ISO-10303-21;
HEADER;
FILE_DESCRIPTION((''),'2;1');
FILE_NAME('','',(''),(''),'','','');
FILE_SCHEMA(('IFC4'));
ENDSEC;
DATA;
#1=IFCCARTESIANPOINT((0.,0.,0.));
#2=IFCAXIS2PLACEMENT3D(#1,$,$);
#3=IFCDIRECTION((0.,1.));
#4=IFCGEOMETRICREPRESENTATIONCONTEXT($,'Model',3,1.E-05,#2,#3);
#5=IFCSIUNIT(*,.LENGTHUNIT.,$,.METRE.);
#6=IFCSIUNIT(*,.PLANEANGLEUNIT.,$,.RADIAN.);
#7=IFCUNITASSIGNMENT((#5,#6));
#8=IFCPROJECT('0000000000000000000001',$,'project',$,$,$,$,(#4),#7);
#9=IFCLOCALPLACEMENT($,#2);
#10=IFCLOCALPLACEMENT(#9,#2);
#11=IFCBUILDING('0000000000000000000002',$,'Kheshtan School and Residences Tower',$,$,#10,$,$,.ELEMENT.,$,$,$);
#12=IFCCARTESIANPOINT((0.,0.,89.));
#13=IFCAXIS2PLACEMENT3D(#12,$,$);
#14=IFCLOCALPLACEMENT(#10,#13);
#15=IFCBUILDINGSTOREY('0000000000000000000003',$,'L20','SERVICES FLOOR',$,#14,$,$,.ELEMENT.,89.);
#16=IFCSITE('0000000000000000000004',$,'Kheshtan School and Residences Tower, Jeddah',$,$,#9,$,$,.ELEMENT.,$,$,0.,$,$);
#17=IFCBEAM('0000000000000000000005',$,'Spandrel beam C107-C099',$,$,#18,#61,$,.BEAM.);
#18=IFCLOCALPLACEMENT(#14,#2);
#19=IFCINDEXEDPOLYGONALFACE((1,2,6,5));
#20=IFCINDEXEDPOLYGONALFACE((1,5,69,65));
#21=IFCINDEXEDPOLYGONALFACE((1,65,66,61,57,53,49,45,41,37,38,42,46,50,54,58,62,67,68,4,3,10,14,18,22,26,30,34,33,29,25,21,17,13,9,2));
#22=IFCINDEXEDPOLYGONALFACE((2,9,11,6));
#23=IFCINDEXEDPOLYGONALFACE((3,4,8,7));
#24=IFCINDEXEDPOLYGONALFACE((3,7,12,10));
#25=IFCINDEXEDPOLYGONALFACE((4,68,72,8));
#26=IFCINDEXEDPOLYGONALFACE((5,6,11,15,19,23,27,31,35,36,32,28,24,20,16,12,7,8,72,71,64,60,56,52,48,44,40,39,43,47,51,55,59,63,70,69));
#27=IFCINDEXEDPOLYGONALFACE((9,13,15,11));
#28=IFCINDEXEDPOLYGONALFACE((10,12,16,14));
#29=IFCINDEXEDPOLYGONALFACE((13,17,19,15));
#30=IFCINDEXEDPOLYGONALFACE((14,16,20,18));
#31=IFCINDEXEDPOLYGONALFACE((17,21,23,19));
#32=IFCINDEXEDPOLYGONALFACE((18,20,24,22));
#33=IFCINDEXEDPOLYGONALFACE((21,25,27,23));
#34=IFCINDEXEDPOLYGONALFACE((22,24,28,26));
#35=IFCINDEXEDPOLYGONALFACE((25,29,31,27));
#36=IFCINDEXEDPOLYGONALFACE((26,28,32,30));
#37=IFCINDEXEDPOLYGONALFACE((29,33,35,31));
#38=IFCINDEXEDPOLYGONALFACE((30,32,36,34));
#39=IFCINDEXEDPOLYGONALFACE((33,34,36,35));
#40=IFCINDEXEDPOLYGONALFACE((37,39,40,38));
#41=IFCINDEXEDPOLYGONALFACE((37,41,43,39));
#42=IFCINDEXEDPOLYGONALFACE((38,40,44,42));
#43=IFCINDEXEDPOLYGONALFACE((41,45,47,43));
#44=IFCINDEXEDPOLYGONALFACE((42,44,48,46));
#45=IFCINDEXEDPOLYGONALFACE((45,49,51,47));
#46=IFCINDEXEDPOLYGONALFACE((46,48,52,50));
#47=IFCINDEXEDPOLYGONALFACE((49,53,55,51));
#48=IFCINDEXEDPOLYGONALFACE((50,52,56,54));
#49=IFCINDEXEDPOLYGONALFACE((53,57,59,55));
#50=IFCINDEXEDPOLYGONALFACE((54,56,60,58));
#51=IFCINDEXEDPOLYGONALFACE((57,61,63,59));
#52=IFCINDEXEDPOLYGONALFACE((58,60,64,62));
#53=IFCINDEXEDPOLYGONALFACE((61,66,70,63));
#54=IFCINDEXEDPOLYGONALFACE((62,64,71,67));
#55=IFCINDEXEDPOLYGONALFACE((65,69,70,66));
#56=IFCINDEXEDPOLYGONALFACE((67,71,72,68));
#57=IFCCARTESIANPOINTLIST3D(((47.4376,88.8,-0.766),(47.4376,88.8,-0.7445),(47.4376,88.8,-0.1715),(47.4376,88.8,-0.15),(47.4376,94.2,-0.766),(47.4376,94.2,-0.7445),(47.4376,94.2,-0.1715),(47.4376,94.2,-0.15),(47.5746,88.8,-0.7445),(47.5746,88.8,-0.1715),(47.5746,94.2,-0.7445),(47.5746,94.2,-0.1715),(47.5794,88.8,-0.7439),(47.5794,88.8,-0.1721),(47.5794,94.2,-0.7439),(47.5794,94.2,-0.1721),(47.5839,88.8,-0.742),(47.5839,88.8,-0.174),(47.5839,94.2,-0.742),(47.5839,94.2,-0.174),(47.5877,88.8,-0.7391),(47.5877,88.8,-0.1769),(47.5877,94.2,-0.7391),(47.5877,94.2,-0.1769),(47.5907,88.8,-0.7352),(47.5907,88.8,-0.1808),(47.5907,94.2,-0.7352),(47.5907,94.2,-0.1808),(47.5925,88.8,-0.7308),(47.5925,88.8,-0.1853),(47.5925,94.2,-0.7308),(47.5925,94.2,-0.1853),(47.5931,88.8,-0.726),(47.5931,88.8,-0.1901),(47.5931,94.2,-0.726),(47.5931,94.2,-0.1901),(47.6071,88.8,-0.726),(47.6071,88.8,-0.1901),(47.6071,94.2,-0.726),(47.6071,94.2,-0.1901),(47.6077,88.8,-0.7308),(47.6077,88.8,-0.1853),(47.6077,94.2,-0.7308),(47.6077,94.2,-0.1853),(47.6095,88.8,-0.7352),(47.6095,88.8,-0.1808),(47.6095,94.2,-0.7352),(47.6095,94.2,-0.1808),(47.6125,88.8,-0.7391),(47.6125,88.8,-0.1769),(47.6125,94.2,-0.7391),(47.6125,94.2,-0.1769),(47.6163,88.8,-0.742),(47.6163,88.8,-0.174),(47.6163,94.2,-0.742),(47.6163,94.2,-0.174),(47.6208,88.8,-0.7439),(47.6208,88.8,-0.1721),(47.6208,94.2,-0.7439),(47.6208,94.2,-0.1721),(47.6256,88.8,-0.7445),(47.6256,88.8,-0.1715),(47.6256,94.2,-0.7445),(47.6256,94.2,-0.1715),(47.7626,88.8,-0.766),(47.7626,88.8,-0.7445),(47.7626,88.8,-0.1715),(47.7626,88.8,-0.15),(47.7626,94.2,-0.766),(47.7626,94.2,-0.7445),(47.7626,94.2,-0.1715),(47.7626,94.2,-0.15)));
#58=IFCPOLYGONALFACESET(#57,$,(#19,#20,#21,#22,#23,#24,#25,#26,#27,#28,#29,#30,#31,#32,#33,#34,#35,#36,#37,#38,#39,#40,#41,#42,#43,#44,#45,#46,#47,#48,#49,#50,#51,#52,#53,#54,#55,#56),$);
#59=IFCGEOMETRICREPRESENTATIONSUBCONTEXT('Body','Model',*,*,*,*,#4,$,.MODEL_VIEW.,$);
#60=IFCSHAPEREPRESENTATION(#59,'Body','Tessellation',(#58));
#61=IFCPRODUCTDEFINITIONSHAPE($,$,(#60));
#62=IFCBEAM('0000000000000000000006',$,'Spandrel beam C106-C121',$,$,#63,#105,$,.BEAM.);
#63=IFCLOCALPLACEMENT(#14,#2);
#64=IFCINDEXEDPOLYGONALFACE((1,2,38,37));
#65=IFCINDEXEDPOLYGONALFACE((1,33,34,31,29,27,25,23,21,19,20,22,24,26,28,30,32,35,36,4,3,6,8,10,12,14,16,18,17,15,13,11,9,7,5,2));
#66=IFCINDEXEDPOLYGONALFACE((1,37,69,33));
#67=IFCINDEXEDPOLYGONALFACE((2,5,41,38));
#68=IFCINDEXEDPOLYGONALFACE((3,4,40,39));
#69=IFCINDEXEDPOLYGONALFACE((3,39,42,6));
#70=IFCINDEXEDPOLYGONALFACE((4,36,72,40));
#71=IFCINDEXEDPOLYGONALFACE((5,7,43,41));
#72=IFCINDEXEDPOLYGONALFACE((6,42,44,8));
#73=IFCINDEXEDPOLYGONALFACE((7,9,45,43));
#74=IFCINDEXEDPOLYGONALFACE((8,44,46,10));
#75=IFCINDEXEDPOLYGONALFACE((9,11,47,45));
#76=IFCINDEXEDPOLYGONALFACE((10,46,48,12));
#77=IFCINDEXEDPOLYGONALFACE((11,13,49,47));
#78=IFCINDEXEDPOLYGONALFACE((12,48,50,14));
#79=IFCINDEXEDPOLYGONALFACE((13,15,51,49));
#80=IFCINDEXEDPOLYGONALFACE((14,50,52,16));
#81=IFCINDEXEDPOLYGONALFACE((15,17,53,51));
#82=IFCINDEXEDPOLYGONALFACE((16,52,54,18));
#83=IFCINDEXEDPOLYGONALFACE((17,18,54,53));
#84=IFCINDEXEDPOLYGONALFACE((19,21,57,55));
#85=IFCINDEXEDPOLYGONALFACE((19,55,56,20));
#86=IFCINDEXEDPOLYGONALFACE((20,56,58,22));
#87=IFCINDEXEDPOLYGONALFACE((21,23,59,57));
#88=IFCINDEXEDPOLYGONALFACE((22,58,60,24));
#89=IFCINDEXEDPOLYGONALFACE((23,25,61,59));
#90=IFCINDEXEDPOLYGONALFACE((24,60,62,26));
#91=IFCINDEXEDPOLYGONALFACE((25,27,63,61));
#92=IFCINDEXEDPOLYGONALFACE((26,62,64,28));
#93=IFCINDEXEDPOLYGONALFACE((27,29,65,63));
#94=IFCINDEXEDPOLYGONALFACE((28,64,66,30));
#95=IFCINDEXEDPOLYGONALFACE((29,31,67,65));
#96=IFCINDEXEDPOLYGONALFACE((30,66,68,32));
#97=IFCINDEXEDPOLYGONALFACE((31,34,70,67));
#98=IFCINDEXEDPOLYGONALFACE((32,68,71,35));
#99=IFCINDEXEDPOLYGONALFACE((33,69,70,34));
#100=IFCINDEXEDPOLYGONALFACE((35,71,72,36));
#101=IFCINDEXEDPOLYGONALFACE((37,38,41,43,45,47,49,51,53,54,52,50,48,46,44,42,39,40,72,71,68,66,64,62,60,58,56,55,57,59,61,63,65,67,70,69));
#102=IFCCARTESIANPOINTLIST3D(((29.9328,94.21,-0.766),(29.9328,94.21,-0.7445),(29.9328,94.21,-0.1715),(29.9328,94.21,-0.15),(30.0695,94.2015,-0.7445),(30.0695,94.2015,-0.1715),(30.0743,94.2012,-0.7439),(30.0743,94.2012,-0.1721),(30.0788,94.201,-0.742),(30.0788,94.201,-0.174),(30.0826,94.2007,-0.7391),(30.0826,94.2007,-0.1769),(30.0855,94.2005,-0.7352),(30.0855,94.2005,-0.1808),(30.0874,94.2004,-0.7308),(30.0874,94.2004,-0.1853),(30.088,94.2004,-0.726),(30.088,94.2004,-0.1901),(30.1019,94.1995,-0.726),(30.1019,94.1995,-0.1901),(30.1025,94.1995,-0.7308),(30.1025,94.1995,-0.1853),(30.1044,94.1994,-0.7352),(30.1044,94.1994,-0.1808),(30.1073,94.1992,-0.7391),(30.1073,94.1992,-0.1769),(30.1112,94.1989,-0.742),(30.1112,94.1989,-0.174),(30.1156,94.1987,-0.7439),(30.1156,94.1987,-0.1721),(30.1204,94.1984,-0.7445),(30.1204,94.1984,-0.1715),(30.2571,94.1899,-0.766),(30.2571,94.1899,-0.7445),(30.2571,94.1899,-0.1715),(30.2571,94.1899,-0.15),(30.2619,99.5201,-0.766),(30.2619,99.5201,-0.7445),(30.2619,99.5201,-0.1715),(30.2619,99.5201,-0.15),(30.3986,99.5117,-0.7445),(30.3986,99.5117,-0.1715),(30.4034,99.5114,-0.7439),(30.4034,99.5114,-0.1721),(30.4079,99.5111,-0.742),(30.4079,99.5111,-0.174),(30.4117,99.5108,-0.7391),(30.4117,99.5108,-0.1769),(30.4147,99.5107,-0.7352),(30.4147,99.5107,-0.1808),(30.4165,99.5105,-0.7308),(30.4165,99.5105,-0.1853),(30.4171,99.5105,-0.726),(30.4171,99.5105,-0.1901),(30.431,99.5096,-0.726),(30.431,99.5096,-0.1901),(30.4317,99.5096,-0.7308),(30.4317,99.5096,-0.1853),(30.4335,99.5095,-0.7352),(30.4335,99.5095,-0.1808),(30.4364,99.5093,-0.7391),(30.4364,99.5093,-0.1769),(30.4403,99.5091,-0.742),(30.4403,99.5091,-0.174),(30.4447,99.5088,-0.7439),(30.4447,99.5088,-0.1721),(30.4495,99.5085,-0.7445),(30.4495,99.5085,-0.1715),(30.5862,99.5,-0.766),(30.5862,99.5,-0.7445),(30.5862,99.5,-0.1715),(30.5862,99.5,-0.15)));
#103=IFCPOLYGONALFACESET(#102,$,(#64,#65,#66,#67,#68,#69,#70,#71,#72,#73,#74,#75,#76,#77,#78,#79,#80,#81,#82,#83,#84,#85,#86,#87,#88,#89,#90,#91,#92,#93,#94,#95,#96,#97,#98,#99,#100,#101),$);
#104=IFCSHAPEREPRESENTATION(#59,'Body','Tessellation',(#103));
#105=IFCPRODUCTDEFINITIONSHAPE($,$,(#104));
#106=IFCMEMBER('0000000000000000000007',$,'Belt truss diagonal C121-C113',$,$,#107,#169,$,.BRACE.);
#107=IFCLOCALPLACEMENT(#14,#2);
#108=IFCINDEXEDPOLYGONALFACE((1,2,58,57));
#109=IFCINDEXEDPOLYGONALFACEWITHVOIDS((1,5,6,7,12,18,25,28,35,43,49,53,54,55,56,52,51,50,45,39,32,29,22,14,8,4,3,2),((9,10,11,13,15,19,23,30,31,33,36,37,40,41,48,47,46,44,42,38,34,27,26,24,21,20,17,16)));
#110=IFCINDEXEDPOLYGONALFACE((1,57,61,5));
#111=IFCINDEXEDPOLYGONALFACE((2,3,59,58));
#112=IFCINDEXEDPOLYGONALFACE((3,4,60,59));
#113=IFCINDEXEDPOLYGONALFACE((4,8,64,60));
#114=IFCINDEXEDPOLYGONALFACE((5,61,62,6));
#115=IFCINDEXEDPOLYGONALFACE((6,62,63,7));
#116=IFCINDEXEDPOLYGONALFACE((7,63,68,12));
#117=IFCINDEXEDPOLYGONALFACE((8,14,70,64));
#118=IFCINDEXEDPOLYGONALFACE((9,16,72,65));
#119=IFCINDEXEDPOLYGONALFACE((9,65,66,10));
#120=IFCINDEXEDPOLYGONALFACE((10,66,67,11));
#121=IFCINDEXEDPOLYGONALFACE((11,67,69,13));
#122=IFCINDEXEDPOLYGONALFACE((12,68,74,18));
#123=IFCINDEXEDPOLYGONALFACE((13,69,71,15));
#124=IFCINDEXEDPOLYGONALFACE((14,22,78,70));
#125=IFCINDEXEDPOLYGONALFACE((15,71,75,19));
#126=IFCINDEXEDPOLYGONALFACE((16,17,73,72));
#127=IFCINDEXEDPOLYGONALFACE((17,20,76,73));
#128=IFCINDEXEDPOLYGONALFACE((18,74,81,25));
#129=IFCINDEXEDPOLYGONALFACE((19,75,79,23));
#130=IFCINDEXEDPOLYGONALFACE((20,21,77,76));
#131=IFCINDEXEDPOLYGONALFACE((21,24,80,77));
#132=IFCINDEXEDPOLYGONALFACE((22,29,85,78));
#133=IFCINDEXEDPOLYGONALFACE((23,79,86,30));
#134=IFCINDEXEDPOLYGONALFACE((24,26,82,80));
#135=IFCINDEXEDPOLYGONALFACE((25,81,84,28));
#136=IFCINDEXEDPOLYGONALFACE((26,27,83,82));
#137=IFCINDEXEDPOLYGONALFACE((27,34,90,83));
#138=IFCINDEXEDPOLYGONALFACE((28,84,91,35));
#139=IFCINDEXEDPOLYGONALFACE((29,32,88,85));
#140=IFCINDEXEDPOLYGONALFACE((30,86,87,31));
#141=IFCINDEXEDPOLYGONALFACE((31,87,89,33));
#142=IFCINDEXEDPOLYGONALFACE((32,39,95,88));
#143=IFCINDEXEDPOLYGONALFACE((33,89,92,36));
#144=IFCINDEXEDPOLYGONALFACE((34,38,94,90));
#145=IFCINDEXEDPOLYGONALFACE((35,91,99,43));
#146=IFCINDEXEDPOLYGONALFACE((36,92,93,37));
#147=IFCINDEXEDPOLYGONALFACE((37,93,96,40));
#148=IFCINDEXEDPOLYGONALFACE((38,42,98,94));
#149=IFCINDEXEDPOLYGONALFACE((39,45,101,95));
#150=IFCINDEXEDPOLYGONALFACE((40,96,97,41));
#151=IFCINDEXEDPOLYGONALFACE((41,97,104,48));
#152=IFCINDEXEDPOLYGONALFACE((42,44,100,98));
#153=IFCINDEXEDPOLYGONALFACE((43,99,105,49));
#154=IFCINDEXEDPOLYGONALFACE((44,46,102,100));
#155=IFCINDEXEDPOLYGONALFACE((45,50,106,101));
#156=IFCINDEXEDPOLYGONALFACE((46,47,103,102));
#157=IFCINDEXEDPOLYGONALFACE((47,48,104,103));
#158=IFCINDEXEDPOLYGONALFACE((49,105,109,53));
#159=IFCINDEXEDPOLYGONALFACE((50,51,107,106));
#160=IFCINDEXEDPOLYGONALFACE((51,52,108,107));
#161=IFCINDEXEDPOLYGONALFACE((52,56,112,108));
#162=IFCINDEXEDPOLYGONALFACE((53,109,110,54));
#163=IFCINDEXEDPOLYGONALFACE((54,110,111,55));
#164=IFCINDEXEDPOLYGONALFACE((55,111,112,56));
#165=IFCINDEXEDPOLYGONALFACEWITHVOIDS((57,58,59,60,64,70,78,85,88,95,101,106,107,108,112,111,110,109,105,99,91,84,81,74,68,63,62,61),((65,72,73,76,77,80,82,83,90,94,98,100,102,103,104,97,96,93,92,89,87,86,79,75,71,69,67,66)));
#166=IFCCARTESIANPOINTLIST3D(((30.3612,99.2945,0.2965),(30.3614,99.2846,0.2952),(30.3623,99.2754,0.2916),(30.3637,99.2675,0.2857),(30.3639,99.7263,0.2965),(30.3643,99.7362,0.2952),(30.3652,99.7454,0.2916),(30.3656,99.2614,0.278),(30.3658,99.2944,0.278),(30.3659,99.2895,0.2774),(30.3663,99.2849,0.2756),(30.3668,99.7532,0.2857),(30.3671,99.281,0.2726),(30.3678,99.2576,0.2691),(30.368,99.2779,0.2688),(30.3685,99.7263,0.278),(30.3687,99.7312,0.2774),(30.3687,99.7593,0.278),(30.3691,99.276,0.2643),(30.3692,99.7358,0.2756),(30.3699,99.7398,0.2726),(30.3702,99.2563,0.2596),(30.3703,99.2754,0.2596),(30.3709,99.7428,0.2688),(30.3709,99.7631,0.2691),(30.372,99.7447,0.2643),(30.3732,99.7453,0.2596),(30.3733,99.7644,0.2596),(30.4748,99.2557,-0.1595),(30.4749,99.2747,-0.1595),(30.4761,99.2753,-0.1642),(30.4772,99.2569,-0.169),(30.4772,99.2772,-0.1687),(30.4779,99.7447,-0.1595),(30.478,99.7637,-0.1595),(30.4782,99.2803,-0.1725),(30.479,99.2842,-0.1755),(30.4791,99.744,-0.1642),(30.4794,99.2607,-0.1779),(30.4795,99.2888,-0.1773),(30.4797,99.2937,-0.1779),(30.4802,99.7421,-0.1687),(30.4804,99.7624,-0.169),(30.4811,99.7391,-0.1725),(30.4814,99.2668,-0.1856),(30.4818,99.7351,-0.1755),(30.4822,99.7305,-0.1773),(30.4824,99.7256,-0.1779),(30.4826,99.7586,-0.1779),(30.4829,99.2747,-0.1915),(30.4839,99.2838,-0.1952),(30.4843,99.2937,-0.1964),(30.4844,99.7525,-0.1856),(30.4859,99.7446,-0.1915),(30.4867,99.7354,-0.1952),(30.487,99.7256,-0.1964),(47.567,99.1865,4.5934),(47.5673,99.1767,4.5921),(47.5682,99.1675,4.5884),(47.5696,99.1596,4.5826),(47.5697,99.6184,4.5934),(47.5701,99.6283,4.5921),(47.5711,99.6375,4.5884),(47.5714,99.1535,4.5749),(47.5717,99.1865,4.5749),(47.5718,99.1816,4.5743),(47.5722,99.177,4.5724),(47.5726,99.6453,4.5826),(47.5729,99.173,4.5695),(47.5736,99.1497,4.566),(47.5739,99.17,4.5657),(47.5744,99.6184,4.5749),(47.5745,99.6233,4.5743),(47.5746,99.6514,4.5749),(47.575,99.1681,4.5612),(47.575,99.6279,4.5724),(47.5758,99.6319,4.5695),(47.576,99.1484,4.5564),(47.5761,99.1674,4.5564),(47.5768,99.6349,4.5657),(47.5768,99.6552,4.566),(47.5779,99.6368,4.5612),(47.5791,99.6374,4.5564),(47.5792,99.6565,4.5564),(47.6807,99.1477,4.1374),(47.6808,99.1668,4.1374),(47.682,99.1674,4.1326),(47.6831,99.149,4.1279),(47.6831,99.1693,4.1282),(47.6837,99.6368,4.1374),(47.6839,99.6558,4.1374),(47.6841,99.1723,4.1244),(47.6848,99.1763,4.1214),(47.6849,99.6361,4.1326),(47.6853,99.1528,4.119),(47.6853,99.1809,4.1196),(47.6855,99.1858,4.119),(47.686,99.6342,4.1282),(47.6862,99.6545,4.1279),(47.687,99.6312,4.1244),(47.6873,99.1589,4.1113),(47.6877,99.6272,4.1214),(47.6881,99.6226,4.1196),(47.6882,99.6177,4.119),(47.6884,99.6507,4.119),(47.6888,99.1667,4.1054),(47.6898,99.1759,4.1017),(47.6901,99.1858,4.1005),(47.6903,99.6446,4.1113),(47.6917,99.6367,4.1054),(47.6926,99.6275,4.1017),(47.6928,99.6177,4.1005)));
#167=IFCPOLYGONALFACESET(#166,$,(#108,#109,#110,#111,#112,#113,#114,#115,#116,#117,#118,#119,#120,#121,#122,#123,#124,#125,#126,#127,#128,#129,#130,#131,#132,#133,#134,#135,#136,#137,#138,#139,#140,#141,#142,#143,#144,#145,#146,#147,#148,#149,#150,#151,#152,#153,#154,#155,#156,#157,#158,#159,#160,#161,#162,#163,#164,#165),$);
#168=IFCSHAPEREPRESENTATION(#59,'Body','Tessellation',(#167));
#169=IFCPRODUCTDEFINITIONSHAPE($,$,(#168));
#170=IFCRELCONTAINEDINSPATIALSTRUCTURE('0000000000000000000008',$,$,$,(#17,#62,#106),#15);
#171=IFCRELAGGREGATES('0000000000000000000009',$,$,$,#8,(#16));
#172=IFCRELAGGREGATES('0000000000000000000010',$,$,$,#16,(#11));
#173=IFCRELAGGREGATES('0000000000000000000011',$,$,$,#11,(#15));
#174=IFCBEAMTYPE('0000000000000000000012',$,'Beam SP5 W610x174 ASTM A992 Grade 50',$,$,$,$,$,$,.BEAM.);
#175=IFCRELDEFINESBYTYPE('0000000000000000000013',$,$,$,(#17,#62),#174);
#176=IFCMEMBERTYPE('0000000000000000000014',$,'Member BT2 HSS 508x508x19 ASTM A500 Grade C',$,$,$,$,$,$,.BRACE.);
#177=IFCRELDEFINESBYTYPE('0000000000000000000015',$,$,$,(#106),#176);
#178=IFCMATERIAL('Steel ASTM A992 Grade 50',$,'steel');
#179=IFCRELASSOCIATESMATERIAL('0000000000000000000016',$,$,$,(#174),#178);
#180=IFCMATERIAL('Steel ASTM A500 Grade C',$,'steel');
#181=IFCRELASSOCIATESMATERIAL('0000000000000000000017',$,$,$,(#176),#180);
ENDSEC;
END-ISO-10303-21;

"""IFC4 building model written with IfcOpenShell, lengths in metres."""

from ifc_helpers import new_model, si_unit, direction, frame, origin, origin_2d, place, context, subcontext, project, spatial, hollow_rectangle, i_section, extrude, material, material_profile, profile_set, type_object, element, save


model = new_model("IFC4")

# Units and contexts
model_context = context("Model", 3, precision=1e-05, world=origin(), true_north=direction((0.0, 1.0)))
body_context = subcontext(model_context, "Body", "Model", "MODEL_VIEW")
ifc_project = project(units=[si_unit("LENGTHUNIT", "METRE"), si_unit("PLANEANGLEUNIT", "RADIAN")], contexts=[model_context])

# Site, building, storey
site_placement = place(None, origin())
site = spatial("IfcSite", under=ifc_project, at=site_placement, Name="Kheshtan School and Residences Tower, Jeddah", CompositionType="ELEMENT", RefElevation=0.0)
building_placement = place(site_placement, origin())
building = spatial("IfcBuilding", under=site, at=building_placement, Name="Kheshtan School and Residences Tower", CompositionType="ELEMENT")
storey_placement = place(building_placement, frame((0.0, 0.0, 89.0)))
storey = spatial("IfcBuildingStorey", under=building, at=storey_placement, Name="L20", Description="SERVICES FLOOR", CompositionType="ELEMENT", Elevation=89.0)

# Shared definitions
ifc_material_1 = material(Name="Steel ASTM A992 Grade 50", Category="steel")

# Beams
ifc_material_profile_1 = material_profile(ifc_material_1, i_section(OverallWidth=0.325, OverallDepth=0.616, WebThickness=0.0139, FlangeThickness=0.0215, FilletRadius=0.0186, at=origin_2d()), Name="W610x174")
ifc_profile_set_1 = profile_set([ifc_material_profile_1], Name="Steel ASTM A992 Grade 50")
beam_type_1 = type_object("IfcBeamType", Name="Beam SP5 W610x174 ASTM A992 Grade 50", PredefinedType="BEAM", material=ifc_profile_set_1)
beam_1_placement = place(storey_placement, frame((47.6001, 94.2, -0.458), z_axis=(0.0, -1.0, 0.0), x_axis=(1.0, 0.0, 0.0)))
element("IfcBeam", 1, at=beam_1_placement, inside=storey, type_object=beam_type_1, Name="Spandrel beam C107-C099", PredefinedType="BEAM", context=body_context, shape_type="SweptSolid", body=[
    extrude(i_section(OverallWidth=0.325, OverallDepth=0.616, WebThickness=0.0139, FlangeThickness=0.0215, FilletRadius=0.0186, at=origin_2d()), origin(), (0.0, 0.0, 1.0), 5.3999),
])
beam_2_placement = place(storey_placement, frame((30.095, 94.2, -0.458), z_axis=(0.061858, 0.998085, 0.0), x_axis=(-0.998085, 0.061858, 0.0)))
element("IfcBeam", 2, at=beam_2_placement, inside=storey, type_object=beam_type_1, Name="Spandrel beam C106-C121", PredefinedType="BEAM", context=body_context, shape_type="SweptSolid", body=[
    extrude(i_section(OverallWidth=0.325, OverallDepth=0.616, WebThickness=0.0139, FlangeThickness=0.0215, FilletRadius=0.0186, at=origin_2d()), origin(), (0.0, 0.0, 1.0), 5.3203),
])

# Member
ifc_material_2 = material(Name="Steel ASTM A500 Grade C", Category="steel")
ifc_material_profile_2 = material_profile(ifc_material_2, hollow_rectangle(XDim=0.5081, YDim=0.5081, WallThickness=0.019, InnerFilletRadius=0.019, OuterFilletRadius=0.0381, at=origin_2d()), Name="HSS 508x508x19")
ifc_profile_set_2 = profile_set([ifc_material_profile_2], Name="Steel ASTM A500 Grade C")
member_type = type_object("IfcMemberType", Name="Member BT2 HSS 508x508x19 ASTM A500 Grade C", PredefinedType="BRACE", material=ifc_profile_set_2)
member_1_placement = place(storey_placement, frame((30.4241, 99.51, 0.05), z_axis=(0.970185, -0.006085, 0.242288), x_axis=(0.006272, 0.99998, 0.0)))
element("IfcMember", 3, at=member_1_placement, inside=storey, type_object=member_type, Name="Belt truss diagonal C121-C113", PredefinedType="BRACE", context=body_context, shape_type="SweptSolid", body=[
    extrude(hollow_rectangle(XDim=0.5081, YDim=0.5081, WallThickness=0.019, InnerFilletRadius=0.019, OuterFilletRadius=0.0381, at=origin_2d()), origin(), (0.0, 0.0, 1.0), 17.7346),
])

save(model, "model.ifc")
